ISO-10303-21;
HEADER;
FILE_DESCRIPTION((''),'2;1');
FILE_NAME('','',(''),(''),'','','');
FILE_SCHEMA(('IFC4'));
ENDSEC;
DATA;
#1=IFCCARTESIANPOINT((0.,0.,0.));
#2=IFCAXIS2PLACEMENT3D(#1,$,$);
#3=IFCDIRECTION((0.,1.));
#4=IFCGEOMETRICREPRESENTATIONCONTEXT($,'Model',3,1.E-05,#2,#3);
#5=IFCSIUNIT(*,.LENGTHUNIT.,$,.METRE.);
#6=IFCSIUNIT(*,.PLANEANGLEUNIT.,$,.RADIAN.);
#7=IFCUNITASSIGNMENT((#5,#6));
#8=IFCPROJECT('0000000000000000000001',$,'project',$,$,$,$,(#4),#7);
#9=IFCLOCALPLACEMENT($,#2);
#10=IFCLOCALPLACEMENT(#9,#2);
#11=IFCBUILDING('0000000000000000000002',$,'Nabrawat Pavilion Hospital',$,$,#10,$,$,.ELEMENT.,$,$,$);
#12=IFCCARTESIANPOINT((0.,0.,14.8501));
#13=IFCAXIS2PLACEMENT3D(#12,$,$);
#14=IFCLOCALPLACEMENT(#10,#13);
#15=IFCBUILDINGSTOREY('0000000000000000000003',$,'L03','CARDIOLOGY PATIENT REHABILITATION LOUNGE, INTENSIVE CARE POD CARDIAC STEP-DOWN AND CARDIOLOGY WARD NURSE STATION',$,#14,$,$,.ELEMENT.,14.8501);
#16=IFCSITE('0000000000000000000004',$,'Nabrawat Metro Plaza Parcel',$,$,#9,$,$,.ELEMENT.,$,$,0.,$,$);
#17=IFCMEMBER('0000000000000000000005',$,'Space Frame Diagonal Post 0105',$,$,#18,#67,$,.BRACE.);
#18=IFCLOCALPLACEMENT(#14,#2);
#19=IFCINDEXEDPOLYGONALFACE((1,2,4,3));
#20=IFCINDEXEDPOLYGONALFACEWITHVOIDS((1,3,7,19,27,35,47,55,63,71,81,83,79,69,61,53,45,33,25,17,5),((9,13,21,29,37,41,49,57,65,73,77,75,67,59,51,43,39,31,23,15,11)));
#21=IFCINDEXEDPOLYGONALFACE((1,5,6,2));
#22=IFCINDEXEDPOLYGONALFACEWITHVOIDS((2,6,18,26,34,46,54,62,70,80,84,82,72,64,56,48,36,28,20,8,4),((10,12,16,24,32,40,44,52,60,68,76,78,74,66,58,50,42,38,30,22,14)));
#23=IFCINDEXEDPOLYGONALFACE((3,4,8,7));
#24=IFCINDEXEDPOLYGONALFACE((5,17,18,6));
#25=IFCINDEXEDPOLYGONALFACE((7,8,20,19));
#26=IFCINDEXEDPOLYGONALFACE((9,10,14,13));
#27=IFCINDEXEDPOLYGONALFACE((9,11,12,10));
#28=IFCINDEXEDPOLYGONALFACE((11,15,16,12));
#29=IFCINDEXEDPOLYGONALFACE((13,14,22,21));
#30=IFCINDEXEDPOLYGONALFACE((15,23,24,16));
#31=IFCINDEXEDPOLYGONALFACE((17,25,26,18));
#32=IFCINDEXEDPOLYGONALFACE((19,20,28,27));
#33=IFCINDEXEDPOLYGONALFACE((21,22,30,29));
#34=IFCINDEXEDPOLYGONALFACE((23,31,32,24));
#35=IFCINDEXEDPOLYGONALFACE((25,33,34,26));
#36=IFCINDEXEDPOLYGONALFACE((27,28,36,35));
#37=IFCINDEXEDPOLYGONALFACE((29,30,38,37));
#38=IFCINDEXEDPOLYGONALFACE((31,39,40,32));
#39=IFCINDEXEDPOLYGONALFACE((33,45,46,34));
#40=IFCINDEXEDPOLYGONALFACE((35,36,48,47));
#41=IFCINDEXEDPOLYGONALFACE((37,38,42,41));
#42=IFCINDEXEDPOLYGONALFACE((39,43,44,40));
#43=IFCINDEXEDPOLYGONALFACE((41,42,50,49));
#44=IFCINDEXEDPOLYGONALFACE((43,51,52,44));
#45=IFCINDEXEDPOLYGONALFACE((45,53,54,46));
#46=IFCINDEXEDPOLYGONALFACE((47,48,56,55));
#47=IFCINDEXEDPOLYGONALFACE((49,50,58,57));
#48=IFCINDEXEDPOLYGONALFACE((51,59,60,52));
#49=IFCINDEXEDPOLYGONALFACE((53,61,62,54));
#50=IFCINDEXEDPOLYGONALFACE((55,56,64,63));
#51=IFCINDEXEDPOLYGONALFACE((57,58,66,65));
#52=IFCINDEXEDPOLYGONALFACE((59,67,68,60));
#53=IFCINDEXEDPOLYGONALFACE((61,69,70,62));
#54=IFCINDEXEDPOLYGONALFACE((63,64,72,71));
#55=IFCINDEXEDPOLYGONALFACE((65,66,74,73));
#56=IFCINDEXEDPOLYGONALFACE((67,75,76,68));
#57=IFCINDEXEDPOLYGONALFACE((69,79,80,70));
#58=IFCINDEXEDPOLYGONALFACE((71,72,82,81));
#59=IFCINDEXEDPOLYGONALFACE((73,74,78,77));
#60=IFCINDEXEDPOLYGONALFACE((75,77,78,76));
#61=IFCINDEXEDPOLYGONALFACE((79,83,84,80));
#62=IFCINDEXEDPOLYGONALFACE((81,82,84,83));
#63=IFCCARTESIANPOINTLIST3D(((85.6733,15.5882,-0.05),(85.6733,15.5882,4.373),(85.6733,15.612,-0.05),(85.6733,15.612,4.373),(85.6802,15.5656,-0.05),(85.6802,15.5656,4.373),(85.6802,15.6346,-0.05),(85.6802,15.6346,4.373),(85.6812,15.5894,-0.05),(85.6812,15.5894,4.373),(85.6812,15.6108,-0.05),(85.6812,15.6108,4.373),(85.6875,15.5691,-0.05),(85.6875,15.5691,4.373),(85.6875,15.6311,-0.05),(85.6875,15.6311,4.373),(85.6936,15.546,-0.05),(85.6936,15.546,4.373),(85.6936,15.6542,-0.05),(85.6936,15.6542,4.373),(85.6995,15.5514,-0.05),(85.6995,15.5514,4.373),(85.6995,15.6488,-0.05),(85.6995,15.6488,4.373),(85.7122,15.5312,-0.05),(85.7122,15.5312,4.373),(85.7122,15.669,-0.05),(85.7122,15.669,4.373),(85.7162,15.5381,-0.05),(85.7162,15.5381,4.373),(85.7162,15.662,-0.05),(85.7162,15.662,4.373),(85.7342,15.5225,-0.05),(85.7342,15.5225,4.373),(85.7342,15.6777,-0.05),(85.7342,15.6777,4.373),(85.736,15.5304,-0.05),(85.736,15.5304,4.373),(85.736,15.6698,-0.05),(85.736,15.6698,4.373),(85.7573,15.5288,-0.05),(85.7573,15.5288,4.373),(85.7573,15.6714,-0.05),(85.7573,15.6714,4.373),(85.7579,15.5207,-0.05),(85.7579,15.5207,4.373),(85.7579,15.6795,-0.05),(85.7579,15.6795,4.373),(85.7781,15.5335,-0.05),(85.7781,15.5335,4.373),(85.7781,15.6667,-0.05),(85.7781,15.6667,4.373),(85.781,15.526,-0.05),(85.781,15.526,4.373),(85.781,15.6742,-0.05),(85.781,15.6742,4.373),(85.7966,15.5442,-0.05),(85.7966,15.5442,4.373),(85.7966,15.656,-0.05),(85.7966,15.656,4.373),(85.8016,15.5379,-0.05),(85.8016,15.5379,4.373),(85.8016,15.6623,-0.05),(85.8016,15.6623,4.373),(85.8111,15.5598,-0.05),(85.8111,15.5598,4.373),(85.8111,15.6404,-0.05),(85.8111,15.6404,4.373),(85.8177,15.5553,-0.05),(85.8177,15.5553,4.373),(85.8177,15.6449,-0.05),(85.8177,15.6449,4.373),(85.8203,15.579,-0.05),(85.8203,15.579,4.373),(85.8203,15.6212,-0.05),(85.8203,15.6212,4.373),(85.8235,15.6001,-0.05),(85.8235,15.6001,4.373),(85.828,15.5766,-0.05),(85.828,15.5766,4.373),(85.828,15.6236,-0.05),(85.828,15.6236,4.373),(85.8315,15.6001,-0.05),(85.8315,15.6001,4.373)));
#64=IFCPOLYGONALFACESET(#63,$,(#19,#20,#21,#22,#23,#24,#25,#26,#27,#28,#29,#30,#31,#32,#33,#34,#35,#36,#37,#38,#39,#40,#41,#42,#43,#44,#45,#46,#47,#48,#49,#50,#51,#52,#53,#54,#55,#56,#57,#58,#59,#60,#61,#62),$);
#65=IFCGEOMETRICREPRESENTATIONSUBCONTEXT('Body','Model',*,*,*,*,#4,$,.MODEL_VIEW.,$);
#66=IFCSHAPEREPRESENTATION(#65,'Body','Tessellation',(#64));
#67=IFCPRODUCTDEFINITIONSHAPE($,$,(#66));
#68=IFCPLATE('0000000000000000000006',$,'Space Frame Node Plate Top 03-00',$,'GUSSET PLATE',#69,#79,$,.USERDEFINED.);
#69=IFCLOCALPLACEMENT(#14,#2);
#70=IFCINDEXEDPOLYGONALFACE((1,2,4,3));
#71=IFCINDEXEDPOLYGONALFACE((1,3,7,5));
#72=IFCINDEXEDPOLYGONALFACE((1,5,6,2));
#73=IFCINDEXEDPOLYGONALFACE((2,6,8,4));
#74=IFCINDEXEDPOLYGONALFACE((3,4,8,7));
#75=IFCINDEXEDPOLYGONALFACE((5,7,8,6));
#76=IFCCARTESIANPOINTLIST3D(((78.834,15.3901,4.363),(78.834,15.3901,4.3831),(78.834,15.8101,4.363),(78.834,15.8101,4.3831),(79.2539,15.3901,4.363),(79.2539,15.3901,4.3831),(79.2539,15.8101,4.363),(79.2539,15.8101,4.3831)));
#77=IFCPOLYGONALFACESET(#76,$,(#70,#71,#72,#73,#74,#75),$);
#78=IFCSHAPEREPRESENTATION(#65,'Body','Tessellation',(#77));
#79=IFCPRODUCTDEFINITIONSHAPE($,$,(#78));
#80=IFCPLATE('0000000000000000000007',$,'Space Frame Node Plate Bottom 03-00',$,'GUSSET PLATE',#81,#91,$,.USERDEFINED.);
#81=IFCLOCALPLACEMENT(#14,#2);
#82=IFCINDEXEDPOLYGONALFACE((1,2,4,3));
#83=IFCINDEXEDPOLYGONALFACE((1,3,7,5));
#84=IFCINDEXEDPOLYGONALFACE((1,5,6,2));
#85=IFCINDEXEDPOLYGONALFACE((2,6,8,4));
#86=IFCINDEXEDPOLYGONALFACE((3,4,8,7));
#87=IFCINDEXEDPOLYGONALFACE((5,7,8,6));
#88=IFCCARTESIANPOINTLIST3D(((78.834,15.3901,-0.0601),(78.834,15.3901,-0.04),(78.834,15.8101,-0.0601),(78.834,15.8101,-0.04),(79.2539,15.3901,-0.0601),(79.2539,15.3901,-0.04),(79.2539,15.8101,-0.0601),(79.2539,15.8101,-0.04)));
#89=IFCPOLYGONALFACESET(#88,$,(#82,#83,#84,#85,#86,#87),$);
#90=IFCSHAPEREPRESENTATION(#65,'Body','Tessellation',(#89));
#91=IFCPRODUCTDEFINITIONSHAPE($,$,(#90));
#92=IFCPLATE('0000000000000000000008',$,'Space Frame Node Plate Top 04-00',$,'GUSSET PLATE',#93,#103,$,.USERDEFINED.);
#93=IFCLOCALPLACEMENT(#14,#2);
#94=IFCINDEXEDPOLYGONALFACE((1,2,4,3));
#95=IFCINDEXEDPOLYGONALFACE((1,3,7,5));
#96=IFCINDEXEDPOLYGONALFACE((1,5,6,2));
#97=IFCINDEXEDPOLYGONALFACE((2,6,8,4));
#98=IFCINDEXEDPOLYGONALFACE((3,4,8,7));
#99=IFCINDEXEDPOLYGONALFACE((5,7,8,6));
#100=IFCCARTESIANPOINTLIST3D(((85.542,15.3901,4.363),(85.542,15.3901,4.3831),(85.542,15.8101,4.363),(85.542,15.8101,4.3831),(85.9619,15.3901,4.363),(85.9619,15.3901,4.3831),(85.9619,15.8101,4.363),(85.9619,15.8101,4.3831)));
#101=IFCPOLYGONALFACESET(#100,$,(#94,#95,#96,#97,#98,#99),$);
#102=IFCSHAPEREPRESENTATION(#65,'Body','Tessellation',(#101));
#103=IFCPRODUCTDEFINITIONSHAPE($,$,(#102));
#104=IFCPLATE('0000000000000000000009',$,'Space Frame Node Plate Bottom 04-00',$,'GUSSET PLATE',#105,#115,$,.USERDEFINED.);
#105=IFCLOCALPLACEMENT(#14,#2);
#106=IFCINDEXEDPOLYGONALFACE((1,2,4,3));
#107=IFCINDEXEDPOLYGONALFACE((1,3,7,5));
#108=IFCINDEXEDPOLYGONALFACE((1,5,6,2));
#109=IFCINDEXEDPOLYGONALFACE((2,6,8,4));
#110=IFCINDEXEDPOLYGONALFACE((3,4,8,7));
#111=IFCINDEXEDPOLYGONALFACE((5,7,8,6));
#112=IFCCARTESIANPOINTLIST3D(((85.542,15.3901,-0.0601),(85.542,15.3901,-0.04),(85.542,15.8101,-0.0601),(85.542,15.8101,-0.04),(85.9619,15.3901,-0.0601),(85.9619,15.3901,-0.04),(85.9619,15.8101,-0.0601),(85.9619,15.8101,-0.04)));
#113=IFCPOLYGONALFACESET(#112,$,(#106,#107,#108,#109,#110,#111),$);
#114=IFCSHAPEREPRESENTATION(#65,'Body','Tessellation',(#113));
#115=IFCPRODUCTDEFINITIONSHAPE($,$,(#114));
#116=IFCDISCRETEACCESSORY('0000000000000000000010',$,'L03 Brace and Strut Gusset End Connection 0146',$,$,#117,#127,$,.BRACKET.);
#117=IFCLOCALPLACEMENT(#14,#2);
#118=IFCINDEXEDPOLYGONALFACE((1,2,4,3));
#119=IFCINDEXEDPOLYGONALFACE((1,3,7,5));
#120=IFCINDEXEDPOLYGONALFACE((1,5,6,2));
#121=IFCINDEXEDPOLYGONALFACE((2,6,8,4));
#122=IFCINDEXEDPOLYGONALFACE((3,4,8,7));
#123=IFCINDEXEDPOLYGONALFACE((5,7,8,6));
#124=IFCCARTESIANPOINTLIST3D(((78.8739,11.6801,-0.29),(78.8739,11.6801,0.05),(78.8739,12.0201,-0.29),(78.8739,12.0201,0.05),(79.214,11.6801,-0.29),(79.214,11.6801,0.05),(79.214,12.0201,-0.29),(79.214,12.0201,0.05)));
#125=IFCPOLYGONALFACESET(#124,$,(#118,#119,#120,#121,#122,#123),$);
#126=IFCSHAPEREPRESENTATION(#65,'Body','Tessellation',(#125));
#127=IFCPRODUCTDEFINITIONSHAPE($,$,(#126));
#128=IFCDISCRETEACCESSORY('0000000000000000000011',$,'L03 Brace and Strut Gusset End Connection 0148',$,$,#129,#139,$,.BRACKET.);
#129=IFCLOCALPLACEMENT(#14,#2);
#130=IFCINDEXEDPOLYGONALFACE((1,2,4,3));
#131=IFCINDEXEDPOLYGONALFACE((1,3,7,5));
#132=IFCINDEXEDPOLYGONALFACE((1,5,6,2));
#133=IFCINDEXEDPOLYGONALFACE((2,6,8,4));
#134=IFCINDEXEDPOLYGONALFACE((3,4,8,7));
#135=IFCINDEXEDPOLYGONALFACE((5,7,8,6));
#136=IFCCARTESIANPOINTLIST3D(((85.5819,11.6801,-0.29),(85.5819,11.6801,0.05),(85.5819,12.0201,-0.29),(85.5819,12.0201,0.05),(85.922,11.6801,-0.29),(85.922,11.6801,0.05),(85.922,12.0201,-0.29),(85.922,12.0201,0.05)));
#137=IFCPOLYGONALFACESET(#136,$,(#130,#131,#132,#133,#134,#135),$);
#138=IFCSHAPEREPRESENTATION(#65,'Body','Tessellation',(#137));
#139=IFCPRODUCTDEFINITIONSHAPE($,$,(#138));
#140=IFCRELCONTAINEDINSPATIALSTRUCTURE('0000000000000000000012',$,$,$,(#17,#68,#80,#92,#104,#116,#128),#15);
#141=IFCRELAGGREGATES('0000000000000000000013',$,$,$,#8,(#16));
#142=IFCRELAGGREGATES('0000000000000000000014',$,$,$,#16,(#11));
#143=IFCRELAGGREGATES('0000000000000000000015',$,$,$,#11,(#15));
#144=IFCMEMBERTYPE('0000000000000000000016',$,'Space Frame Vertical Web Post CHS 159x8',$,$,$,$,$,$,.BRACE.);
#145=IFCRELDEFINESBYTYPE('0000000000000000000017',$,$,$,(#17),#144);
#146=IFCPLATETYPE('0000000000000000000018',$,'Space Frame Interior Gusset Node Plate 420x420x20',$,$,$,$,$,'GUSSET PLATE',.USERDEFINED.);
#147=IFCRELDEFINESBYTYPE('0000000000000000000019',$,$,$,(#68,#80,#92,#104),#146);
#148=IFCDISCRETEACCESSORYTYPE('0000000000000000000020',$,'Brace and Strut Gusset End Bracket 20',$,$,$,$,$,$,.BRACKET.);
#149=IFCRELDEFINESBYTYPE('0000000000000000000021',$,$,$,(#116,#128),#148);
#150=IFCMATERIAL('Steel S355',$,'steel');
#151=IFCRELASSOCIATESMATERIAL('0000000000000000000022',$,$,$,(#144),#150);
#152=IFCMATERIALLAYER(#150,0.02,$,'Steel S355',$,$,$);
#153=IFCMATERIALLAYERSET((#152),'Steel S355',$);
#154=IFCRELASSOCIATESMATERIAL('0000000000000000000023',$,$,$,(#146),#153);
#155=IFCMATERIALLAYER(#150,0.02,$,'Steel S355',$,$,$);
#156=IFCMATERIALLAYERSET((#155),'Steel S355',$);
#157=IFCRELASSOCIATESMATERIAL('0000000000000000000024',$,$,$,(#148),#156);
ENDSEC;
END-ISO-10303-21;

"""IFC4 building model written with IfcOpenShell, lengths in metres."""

from ifc_helpers import new_model, si_unit, direction, frame, origin, origin_2d, place, context, subcontext, project, spatial, rectangle, hollow_circle, extrude, material, layer, layer_set, material_profile, profile_set, type_object, element, save


model = new_model("IFC4")

# Units and contexts
model_context = context("Model", 3, precision=1e-05, world=origin(), true_north=direction((0.0, 1.0)))
body_context = subcontext(model_context, "Body", "Model", "MODEL_VIEW")
ifc_project = project(units=[si_unit("LENGTHUNIT", "METRE"), si_unit("PLANEANGLEUNIT", "RADIAN")], contexts=[model_context])

# Site, building, storey
site_placement = place(None, origin())
site = spatial("IfcSite", under=ifc_project, at=site_placement, Name="Nabrawat Metro Plaza Parcel", CompositionType="ELEMENT", RefElevation=0.0)
building_placement = place(site_placement, origin())
building = spatial("IfcBuilding", under=site, at=building_placement, Name="Nabrawat Pavilion Hospital", CompositionType="ELEMENT")
storey_placement = place(building_placement, frame((0.0, 0.0, 14.8501)))
storey = spatial("IfcBuildingStorey", under=building, at=storey_placement, Name="L03", Description="CARDIOLOGY PATIENT REHABILITATION LOUNGE, INTENSIVE CARE POD CARDIAC STEP-DOWN AND CARDIOLOGY WARD NURSE STATION", CompositionType="ELEMENT", Elevation=14.8501)

# Shared definitions
ifc_material = material(Name="Steel S355", Category="steel")

# Member
ifc_material_profile_1 = material_profile(ifc_material, hollow_circle(Radius=0.0796, WallThickness=0.0081, at=origin_2d()), Name="CHS 159x8")
ifc_profile_set_1 = profile_set([ifc_material_profile_1], Name="Steel S355")
member_type_1 = type_object("IfcMemberType", Name="Space Frame Vertical Web Post CHS 159x8", PredefinedType="BRACE", material=ifc_profile_set_1)
for number, where, z_axis, x_axis, name in (
    (1, (85.752, 15.6001, -0.05), (0.0, 0.0, 1.0), (1.0, 0.0, 0.0), "Space Frame Diagonal Post 0105"),
):
    element("IfcMember", number, at=place(storey_placement, frame(where, z_axis=z_axis, x_axis=x_axis)), inside=storey, type_object=member_type_1, Name=name, PredefinedType="BRACE", context=body_context, shape_type="SweptSolid", body=[
        extrude(hollow_circle(Radius=0.0796, WallThickness=0.0081, at=origin_2d()), origin(), (0.0, 0.0, 1.0), 4.4231),
    ])

# Plates
ifc_layer_1 = layer(ifc_material, 0.02, Name="Steel S355")
ifc_layer_set_1 = layer_set([ifc_layer_1], Name="Steel S355")
plate_type = type_object("IfcPlateType", Name="Space Frame Interior Gusset Node Plate 420x420x20", ElementType="GUSSET PLATE", PredefinedType="USERDEFINED", material=ifc_layer_set_1)
for number, where, z_axis, x_axis, name in (
    (2, (79.0439, 15.6001, 4.363), (0.0, 0.0, 1.0), (1.0, 0.0, 0.0), "Space Frame Node Plate Top 03-00"),
    (3, (79.0439, 15.6001, -0.0601), (0.0, 0.0, 1.0), (1.0, 0.0, 0.0), "Space Frame Node Plate Bottom 03-00"),
    (4, (85.752, 15.6001, 4.363), (0.0, 0.0, 1.0), (1.0, 0.0, 0.0), "Space Frame Node Plate Top 04-00"),
    (5, (85.752, 15.6001, -0.0601), (0.0, 0.0, 1.0), (1.0, 0.0, 0.0), "Space Frame Node Plate Bottom 04-00"),
):
    element("IfcPlate", number, at=place(storey_placement, frame(where, z_axis=z_axis, x_axis=x_axis)), inside=storey, type_object=plate_type, Name=name, ObjectType="GUSSET PLATE", PredefinedType="USERDEFINED", context=body_context, shape_type="SweptSolid", body=[
        extrude(rectangle(XDim=0.4199, YDim=0.4199, at=origin_2d()), origin(), (0.0, 0.0, 1.0), 0.02),
    ])

# Discrete accessories
ifc_layer_2 = layer(ifc_material, 0.02, Name="Steel S355")
ifc_layer_set_2 = layer_set([ifc_layer_2], Name="Steel S355")
discrete_accessory_type = type_object("IfcDiscreteAccessoryType", Name="Brace and Strut Gusset End Bracket 20", PredefinedType="BRACKET", material=ifc_layer_set_2)
for number, where, z_axis, x_axis, name in (
    (6, (79.0439, 11.8501, -0.29), (0.0, 0.0, 1.0), (1.0, 0.0, 0.0), "L03 Brace and Strut Gusset End Connection 0146"),
    (7, (85.752, 11.8501, -0.29), (0.0, 0.0, 1.0), (1.0, 0.0, 0.0), "L03 Brace and Strut Gusset End Connection 0148"),
):
    element("IfcDiscreteAccessory", number, at=place(storey_placement, frame(where, z_axis=z_axis, x_axis=x_axis)), inside=storey, type_object=discrete_accessory_type, Name=name, PredefinedType="BRACKET", context=body_context, shape_type="SweptSolid", body=[
        extrude(rectangle(XDim=0.3401, YDim=0.3401, at=origin_2d()), origin(), (0.0, 0.0, 1.0), 0.3401),
    ])

save(model, "model.ifc")
